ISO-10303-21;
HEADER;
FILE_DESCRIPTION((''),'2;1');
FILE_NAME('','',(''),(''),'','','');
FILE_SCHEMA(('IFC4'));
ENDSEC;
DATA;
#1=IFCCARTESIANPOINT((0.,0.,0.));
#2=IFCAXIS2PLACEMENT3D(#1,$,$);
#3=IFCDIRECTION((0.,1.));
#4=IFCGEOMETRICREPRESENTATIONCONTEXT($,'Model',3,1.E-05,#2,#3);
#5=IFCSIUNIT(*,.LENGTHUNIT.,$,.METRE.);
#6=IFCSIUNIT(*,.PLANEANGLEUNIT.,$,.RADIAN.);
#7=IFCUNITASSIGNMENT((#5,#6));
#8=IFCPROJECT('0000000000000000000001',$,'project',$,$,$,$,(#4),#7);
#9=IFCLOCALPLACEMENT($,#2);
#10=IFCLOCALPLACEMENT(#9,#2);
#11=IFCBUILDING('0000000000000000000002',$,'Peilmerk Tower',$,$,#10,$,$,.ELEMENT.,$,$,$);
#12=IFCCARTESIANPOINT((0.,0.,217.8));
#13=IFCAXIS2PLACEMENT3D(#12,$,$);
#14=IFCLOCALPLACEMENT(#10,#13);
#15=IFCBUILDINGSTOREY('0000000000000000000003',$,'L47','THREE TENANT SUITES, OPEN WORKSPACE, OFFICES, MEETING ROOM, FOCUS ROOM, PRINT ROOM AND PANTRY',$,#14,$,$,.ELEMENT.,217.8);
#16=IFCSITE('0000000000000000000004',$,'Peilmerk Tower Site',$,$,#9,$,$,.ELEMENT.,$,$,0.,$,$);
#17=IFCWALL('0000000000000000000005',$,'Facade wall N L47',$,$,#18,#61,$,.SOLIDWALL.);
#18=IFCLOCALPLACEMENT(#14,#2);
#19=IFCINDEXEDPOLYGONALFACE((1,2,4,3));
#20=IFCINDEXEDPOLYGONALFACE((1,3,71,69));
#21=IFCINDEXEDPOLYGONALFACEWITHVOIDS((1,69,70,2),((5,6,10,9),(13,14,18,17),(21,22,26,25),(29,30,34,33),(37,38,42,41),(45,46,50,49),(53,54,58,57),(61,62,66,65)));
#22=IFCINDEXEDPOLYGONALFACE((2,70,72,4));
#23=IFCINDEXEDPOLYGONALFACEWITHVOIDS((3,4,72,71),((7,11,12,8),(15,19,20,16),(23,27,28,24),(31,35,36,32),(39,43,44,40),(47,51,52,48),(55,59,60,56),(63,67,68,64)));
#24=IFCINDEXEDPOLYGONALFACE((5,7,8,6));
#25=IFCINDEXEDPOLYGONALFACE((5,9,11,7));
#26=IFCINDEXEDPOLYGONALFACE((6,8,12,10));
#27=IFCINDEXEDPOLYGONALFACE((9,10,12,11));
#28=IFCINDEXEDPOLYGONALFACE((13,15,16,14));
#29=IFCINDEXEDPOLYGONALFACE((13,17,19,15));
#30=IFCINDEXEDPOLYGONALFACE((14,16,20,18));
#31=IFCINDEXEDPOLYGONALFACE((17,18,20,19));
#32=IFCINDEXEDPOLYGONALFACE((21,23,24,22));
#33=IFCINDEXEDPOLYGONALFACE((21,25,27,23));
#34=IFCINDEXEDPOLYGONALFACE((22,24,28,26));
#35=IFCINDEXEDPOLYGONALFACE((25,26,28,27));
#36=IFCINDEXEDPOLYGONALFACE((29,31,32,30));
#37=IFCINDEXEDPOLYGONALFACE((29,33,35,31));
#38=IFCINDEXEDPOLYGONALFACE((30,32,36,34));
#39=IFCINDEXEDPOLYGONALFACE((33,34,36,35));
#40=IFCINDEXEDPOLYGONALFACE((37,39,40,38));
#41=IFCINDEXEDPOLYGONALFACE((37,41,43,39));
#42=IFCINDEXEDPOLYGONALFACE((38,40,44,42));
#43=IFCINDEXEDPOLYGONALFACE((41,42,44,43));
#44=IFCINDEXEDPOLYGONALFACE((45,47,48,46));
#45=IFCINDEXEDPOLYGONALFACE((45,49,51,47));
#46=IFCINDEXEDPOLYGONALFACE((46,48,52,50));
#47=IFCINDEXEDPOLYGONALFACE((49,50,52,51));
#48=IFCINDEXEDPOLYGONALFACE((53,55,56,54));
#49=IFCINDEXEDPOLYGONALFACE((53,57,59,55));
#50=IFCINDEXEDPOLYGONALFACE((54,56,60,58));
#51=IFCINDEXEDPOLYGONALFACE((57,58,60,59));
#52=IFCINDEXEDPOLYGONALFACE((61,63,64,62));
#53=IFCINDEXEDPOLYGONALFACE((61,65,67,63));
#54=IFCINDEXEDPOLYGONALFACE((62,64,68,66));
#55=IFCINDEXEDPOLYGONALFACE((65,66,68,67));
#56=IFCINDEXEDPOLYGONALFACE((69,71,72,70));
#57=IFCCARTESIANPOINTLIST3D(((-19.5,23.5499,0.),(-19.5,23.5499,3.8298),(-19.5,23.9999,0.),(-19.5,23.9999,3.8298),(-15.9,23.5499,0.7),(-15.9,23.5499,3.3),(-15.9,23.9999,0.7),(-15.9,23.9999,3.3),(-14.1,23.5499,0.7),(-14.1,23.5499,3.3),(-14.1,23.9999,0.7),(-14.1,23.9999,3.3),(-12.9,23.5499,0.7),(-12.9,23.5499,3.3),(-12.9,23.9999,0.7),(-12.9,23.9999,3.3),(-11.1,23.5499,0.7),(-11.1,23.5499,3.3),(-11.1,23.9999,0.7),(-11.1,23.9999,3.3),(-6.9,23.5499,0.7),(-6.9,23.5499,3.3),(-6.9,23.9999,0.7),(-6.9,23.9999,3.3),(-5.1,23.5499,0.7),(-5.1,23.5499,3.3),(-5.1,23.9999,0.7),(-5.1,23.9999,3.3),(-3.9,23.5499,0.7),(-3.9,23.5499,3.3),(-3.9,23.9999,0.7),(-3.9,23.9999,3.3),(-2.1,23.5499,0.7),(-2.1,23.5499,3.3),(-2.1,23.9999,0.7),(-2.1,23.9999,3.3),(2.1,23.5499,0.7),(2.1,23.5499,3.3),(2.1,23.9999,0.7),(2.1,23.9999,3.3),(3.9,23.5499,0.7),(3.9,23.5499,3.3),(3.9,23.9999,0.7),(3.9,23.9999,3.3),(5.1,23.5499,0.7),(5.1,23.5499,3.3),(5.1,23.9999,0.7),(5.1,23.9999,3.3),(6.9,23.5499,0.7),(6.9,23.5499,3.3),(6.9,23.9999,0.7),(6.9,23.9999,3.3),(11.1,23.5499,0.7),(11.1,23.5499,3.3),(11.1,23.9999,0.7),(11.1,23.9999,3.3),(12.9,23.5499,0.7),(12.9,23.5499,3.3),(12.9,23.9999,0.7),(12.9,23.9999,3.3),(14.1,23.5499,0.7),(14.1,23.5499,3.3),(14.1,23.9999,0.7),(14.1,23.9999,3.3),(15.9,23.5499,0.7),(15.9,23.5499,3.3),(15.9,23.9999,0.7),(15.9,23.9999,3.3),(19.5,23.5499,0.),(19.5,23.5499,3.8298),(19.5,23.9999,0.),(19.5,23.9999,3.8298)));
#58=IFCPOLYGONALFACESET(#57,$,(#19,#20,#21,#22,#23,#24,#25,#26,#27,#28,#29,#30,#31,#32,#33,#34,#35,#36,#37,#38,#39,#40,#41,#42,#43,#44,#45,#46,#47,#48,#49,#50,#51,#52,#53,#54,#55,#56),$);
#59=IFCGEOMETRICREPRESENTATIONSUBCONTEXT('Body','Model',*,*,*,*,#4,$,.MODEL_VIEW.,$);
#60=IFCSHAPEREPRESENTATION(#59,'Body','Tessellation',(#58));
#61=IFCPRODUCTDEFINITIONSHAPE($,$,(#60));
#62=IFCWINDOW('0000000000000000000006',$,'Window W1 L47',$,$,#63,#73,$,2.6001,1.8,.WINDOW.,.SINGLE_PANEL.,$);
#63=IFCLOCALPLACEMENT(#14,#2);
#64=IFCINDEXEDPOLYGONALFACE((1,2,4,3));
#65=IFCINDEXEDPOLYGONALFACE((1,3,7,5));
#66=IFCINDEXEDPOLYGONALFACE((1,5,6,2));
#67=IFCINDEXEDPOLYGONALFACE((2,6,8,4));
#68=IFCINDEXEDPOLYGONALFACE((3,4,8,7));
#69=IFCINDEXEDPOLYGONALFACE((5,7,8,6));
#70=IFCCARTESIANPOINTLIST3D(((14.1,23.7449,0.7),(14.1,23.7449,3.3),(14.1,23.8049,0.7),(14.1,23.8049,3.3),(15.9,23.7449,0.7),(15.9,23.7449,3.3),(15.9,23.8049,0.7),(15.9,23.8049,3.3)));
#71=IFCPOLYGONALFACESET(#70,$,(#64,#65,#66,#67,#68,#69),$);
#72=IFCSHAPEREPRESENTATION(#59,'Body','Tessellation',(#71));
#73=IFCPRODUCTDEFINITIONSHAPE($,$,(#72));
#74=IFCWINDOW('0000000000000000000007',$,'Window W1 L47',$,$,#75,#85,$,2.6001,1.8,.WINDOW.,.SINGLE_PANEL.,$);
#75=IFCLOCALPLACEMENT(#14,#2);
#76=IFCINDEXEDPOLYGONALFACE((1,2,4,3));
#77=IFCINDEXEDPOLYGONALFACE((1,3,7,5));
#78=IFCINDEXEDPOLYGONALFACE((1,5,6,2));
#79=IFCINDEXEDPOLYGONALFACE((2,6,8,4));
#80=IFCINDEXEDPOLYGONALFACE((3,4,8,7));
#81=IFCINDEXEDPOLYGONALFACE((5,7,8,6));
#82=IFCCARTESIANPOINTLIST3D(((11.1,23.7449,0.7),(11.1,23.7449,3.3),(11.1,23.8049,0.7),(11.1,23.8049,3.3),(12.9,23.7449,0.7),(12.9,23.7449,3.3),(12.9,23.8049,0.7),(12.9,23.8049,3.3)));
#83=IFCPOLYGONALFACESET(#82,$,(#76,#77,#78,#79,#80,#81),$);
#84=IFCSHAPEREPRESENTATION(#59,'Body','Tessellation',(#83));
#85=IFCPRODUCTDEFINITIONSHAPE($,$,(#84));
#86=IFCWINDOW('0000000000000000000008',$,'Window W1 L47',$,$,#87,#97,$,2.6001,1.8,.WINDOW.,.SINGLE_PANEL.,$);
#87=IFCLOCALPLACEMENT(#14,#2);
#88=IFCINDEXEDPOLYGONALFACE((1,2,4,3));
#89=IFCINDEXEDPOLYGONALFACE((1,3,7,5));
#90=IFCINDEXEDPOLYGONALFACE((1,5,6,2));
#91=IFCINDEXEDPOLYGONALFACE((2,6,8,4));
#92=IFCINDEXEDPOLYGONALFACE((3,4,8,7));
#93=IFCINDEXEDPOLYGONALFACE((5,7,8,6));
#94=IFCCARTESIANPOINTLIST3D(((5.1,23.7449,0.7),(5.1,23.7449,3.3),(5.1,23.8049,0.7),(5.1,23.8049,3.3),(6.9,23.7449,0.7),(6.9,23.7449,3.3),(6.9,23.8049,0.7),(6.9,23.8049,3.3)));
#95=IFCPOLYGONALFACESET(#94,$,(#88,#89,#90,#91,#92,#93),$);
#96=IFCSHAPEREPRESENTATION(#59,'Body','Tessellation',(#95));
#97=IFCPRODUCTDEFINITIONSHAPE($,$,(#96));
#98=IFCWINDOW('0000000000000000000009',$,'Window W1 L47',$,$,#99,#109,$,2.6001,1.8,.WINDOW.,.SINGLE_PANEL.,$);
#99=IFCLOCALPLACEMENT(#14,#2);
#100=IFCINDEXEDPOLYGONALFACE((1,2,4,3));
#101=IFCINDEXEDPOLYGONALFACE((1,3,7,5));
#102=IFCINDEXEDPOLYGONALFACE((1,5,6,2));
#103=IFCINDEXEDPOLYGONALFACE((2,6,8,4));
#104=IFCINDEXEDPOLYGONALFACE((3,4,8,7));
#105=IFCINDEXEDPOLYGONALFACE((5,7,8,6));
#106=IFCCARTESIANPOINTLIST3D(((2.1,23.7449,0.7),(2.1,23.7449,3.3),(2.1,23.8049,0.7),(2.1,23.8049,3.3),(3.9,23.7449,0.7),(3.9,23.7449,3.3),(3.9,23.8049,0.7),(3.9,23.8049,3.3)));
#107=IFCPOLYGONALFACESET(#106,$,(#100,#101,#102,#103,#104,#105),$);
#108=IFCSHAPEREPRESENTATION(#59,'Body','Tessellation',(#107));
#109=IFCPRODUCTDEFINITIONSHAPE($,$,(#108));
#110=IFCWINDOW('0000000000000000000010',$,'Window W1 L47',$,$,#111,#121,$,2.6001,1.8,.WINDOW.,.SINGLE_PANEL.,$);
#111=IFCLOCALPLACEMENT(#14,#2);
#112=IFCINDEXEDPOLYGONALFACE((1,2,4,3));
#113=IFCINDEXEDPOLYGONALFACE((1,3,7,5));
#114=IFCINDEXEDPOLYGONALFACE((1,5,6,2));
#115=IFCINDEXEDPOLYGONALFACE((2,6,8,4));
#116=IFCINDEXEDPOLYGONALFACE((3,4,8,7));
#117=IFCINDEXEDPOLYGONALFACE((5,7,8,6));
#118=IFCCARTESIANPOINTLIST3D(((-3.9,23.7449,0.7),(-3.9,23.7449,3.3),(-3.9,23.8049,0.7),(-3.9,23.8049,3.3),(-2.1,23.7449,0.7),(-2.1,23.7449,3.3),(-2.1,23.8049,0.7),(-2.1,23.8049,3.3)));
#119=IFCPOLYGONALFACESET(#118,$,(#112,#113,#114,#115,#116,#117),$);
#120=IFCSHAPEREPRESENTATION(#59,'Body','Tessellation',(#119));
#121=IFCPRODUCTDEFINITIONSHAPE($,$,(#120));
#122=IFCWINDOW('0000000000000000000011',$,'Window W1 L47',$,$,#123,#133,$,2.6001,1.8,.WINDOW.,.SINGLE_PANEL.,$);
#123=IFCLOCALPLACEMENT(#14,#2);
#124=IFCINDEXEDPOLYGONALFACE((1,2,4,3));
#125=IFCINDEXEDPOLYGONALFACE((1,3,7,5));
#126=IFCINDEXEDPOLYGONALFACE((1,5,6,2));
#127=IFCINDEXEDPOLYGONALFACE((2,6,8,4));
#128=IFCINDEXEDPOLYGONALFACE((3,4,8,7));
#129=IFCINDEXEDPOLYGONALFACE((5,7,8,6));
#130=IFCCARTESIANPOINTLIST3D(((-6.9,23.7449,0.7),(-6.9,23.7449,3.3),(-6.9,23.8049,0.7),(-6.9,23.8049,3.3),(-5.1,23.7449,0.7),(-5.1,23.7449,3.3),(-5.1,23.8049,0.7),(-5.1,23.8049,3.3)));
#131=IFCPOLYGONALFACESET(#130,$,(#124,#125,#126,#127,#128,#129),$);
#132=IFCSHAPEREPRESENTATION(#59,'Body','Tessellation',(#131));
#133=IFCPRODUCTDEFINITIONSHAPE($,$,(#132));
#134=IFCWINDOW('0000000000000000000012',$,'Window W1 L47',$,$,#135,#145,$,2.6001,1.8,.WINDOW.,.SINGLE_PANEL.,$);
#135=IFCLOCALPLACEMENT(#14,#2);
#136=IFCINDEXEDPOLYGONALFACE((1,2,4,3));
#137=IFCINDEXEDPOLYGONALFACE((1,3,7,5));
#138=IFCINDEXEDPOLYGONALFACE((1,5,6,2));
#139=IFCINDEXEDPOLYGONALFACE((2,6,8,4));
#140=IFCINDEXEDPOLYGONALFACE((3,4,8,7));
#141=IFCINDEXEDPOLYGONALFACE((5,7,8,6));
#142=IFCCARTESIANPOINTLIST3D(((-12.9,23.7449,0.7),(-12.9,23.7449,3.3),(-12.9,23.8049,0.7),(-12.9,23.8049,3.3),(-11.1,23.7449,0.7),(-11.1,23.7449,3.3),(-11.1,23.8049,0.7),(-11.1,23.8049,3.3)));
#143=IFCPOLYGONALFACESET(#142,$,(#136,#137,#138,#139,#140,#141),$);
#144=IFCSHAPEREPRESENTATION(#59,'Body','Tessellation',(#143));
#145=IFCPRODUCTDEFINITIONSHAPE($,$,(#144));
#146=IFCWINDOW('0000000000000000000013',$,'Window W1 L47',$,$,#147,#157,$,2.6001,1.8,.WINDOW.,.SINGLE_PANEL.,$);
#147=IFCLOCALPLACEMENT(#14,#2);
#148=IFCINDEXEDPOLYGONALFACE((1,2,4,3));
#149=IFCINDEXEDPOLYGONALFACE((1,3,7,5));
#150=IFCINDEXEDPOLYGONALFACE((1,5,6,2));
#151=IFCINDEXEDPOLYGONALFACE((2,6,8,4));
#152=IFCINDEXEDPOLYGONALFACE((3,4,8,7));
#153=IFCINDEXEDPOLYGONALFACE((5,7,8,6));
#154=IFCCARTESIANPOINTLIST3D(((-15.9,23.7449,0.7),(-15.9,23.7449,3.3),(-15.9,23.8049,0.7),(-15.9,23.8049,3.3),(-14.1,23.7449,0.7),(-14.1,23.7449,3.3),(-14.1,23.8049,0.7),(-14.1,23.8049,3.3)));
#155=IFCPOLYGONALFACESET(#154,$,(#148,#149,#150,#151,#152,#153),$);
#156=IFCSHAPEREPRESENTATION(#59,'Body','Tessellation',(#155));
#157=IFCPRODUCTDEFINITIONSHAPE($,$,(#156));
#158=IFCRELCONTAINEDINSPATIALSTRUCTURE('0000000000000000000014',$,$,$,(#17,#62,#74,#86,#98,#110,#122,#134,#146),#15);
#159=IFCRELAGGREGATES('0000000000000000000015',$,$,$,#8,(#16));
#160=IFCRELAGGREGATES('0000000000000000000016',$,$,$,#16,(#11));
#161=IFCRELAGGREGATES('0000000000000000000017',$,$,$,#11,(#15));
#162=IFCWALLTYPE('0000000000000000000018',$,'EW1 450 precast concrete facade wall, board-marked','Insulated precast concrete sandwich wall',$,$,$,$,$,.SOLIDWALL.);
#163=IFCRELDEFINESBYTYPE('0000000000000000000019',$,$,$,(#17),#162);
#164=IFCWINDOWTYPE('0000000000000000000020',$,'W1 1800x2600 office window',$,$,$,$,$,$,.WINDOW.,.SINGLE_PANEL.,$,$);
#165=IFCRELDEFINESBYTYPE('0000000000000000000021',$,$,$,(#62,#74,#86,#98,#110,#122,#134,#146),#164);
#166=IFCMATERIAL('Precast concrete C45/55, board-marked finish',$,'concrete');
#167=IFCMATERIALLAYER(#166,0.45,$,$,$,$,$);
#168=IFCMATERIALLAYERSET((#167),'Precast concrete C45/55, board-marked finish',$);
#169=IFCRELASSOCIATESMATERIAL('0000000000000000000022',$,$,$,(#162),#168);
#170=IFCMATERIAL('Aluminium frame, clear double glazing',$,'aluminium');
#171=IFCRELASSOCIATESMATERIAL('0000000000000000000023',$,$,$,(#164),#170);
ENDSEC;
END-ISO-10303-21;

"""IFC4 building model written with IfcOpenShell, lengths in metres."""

from ifc_helpers import new_model, si_unit, direction, frame, frame_2d, origin, place, context, subcontext, project, spatial, rectangle, extrude, material, layer, layer_set, type_object, element, fill, save


model = new_model("IFC4")

# Units and contexts
model_context = context("Model", 3, precision=1e-05, world=origin(), true_north=direction((0.0, 1.0)))
body_context = subcontext(model_context, "Body", "Model", "MODEL_VIEW")
ifc_project = project(units=[si_unit("LENGTHUNIT", "METRE"), si_unit("PLANEANGLEUNIT", "RADIAN")], contexts=[model_context])

# Site, building, storey
site_placement = place(None, origin())
site = spatial("IfcSite", under=ifc_project, at=site_placement, Name="Peilmerk Tower Site", CompositionType="ELEMENT", RefElevation=0.0)
building_placement = place(site_placement, origin())
building = spatial("IfcBuilding", under=site, at=building_placement, Name="Peilmerk Tower", CompositionType="ELEMENT")
storey_placement = place(building_placement, frame((0.0, 0.0, 217.8)))
storey = spatial("IfcBuildingStorey", under=building, at=storey_placement, Name="L47", Description="THREE TENANT SUITES, OPEN WORKSPACE, OFFICES, MEETING ROOM, FOCUS ROOM, PRINT ROOM AND PANTRY", CompositionType="ELEMENT", Elevation=217.8)

# Wall, openings, windows
ifc_material_1 = material(Name="Precast concrete C45/55, board-marked finish", Category="concrete")
ifc_layer_1 = layer(ifc_material_1, 0.45)
ifc_layer_set_1 = layer_set([ifc_layer_1], Name="Precast concrete C45/55, board-marked finish")
wall_type = type_object("IfcWallType", Name="EW1 450 precast concrete facade wall, board-marked", Description="Insulated precast concrete sandwich wall", PredefinedType="SOLIDWALL", material=ifc_layer_set_1)
wall_placement = place(storey_placement, frame((19.5, 23.7749, 0.0), z_axis=(0.0, 0.0, 1.0), x_axis=(-1.0, 0.0, 0.0)))
wall = element("IfcWall", 1, at=wall_placement, inside=storey, type_object=wall_type, Name="Facade wall N L47", PredefinedType="SOLIDWALL", context=body_context, shape_type="SweptSolid", body=[
    extrude(rectangle(XDim=39.0, YDim=0.45, at=frame_2d((19.5, 0.0))), origin(), (0.0, 0.0, 1.0), 3.8298),
])
opening_1_placement = place(wall_placement, frame((3.6001, 0.0, 0.7)))
opening_1 = element("IfcOpeningElement", 2, at=opening_1_placement, cuts=wall, PredefinedType="OPENING", context=body_context, shape_type="SweptSolid", body=[
    extrude(rectangle(XDim=1.8, YDim=2.6001, at=frame_2d((0.8999, 1.3))), frame((0.0, 0.2349, 0.0), z_axis=(0.0, -1.0, 0.0), x_axis=(1.0, 0.0, 0.0)), (0.0, 0.0, 1.0), 0.47),
])
opening_2_placement = place(wall_placement, frame((6.6001, 0.0, 0.7)))
opening_2 = element("IfcOpeningElement", 3, at=opening_2_placement, cuts=wall, PredefinedType="OPENING", context=body_context, shape_type="SweptSolid", body=[
    extrude(rectangle(XDim=1.8, YDim=2.6001, at=frame_2d((0.8999, 1.3))), frame((0.0, 0.2349, 0.0), z_axis=(0.0, -1.0, 0.0), x_axis=(1.0, 0.0, 0.0)), (0.0, 0.0, 1.0), 0.47),
])
opening_3_placement = place(wall_placement, frame((12.6001, 0.0, 0.7)))
opening_3 = element("IfcOpeningElement", 4, at=opening_3_placement, cuts=wall, PredefinedType="OPENING", context=body_context, shape_type="SweptSolid", body=[
    extrude(rectangle(XDim=1.8, YDim=2.6001, at=frame_2d((0.8999, 1.3))), frame((0.0, 0.2349, 0.0), z_axis=(0.0, -1.0, 0.0), x_axis=(1.0, 0.0, 0.0)), (0.0, 0.0, 1.0), 0.47),
])
opening_4_placement = place(wall_placement, frame((15.6001, 0.0, 0.7)))
opening_4 = element("IfcOpeningElement", 5, at=opening_4_placement, cuts=wall, PredefinedType="OPENING", context=body_context, shape_type="SweptSolid", body=[
    extrude(rectangle(XDim=1.8, YDim=2.6001, at=frame_2d((0.8999, 1.3))), frame((0.0, 0.2349, 0.0), z_axis=(0.0, -1.0, 0.0), x_axis=(1.0, 0.0, 0.0)), (0.0, 0.0, 1.0), 0.47),
])
opening_5_placement = place(wall_placement, frame((21.6001, 0.0, 0.7)))
opening_5 = element("IfcOpeningElement", 6, at=opening_5_placement, cuts=wall, PredefinedType="OPENING", context=body_context, shape_type="SweptSolid", body=[
    extrude(rectangle(XDim=1.8, YDim=2.6001, at=frame_2d((0.8999, 1.3))), frame((0.0, 0.2349, 0.0), z_axis=(0.0, -1.0, 0.0), x_axis=(1.0, 0.0, 0.0)), (0.0, 0.0, 1.0), 0.47),
])
opening_6_placement = place(wall_placement, frame((24.6001, 0.0, 0.7)))
opening_6 = element("IfcOpeningElement", 7, at=opening_6_placement, cuts=wall, PredefinedType="OPENING", context=body_context, shape_type="SweptSolid", body=[
    extrude(rectangle(XDim=1.8, YDim=2.6001, at=frame_2d((0.8999, 1.3))), frame((0.0, 0.2349, 0.0), z_axis=(0.0, -1.0, 0.0), x_axis=(1.0, 0.0, 0.0)), (0.0, 0.0, 1.0), 0.47),
])
opening_7_placement = place(wall_placement, frame((30.6001, 0.0, 0.7)))
opening_7 = element("IfcOpeningElement", 8, at=opening_7_placement, cuts=wall, PredefinedType="OPENING", context=body_context, shape_type="SweptSolid", body=[
    extrude(rectangle(XDim=1.8, YDim=2.6001, at=frame_2d((0.8999, 1.3))), frame((0.0, 0.2349, 0.0), z_axis=(0.0, -1.0, 0.0), x_axis=(1.0, 0.0, 0.0)), (0.0, 0.0, 1.0), 0.47),
])
opening_8_placement = place(wall_placement, frame((33.6001, 0.0, 0.7)))
opening_8 = element("IfcOpeningElement", 9, at=opening_8_placement, cuts=wall, PredefinedType="OPENING", context=body_context, shape_type="SweptSolid", body=[
    extrude(rectangle(XDim=1.8, YDim=2.6001, at=frame_2d((0.8999, 1.3))), frame((0.0, 0.2349, 0.0), z_axis=(0.0, -1.0, 0.0), x_axis=(1.0, 0.0, 0.0)), (0.0, 0.0, 1.0), 0.47),
])
ifc_material_2 = material(Name="Aluminium frame, clear double glazing", Category="aluminium")
window_type = type_object("IfcWindowType", Name="W1 1800x2600 office window", PartitioningType="SINGLE_PANEL", PredefinedType="WINDOW", material=ifc_material_2)
window_1_placement = place(opening_1_placement, origin())
window_1 = element("IfcWindow", 10, at=window_1_placement, inside=storey, type_object=window_type, Name="Window W1 L47", OverallHeight=2.6001, OverallWidth=1.8, PartitioningType="SINGLE_PANEL", PredefinedType="WINDOW", context=body_context, shape_type="SweptSolid", body=[
    extrude(rectangle(XDim=1.8, YDim=2.6001, at=frame_2d((0.8999, 1.3))), frame((0.0, 0.03, 0.0), z_axis=(0.0, -1.0, 0.0), x_axis=(1.0, 0.0, 0.0)), (0.0, 0.0, 1.0), 0.0601),
])
fill(opening_1, window_1)
window_2_placement = place(opening_2_placement, origin())
window_2 = element("IfcWindow", 11, at=window_2_placement, inside=storey, type_object=window_type, Name="Window W1 L47", OverallHeight=2.6001, OverallWidth=1.8, PartitioningType="SINGLE_PANEL", PredefinedType="WINDOW", context=body_context, shape_type="SweptSolid", body=[
    extrude(rectangle(XDim=1.8, YDim=2.6001, at=frame_2d((0.8999, 1.3))), frame((0.0, 0.03, 0.0), z_axis=(0.0, -1.0, 0.0), x_axis=(1.0, 0.0, 0.0)), (0.0, 0.0, 1.0), 0.0601),
])
fill(opening_2, window_2)
window_3_placement = place(opening_3_placement, origin())
window_3 = element("IfcWindow", 12, at=window_3_placement, inside=storey, type_object=window_type, Name="Window W1 L47", OverallHeight=2.6001, OverallWidth=1.8, PartitioningType="SINGLE_PANEL", PredefinedType="WINDOW", context=body_context, shape_type="SweptSolid", body=[
    extrude(rectangle(XDim=1.8, YDim=2.6001, at=frame_2d((0.8999, 1.3))), frame((0.0, 0.03, 0.0), z_axis=(0.0, -1.0, 0.0), x_axis=(1.0, 0.0, 0.0)), (0.0, 0.0, 1.0), 0.0601),
])
fill(opening_3, window_3)
window_4_placement = place(opening_4_placement, origin())
window_4 = element("IfcWindow", 13, at=window_4_placement, inside=storey, type_object=window_type, Name="Window W1 L47", OverallHeight=2.6001, OverallWidth=1.8, PartitioningType="SINGLE_PANEL", PredefinedType="WINDOW", context=body_context, shape_type="SweptSolid", body=[
    extrude(rectangle(XDim=1.8, YDim=2.6001, at=frame_2d((0.8999, 1.3))), frame((0.0, 0.03, 0.0), z_axis=(0.0, -1.0, 0.0), x_axis=(1.0, 0.0, 0.0)), (0.0, 0.0, 1.0), 0.0601),
])
fill(opening_4, window_4)
window_5_placement = place(opening_5_placement, origin())
window_5 = element("IfcWindow", 14, at=window_5_placement, inside=storey, type_object=window_type, Name="Window W1 L47", OverallHeight=2.6001, OverallWidth=1.8, PartitioningType="SINGLE_PANEL", PredefinedType="WINDOW", context=body_context, shape_type="SweptSolid", body=[
    extrude(rectangle(XDim=1.8, YDim=2.6001, at=frame_2d((0.8999, 1.3))), frame((0.0, 0.03, 0.0), z_axis=(0.0, -1.0, 0.0), x_axis=(1.0, 0.0, 0.0)), (0.0, 0.0, 1.0), 0.0601),
])
fill(opening_5, window_5)
window_6_placement = place(opening_6_placement, origin())
window_6 = element("IfcWindow", 15, at=window_6_placement, inside=storey, type_object=window_type, Name="Window W1 L47", OverallHeight=2.6001, OverallWidth=1.8, PartitioningType="SINGLE_PANEL", PredefinedType="WINDOW", context=body_context, shape_type="SweptSolid", body=[
    extrude(rectangle(XDim=1.8, YDim=2.6001, at=frame_2d((0.8999, 1.3))), frame((0.0, 0.03, 0.0), z_axis=(0.0, -1.0, 0.0), x_axis=(1.0, 0.0, 0.0)), (0.0, 0.0, 1.0), 0.0601),
])
fill(opening_6, window_6)
window_7_placement = place(opening_7_placement, origin())
window_7 = element("IfcWindow", 16, at=window_7_placement, inside=storey, type_object=window_type, Name="Window W1 L47", OverallHeight=2.6001, OverallWidth=1.8, PartitioningType="SINGLE_PANEL", PredefinedType="WINDOW", context=body_context, shape_type="SweptSolid", body=[
    extrude(rectangle(XDim=1.8, YDim=2.6001, at=frame_2d((0.8999, 1.3))), frame((0.0, 0.03, 0.0), z_axis=(0.0, -1.0, 0.0), x_axis=(1.0, 0.0, 0.0)), (0.0, 0.0, 1.0), 0.0601),
])
fill(opening_7, window_7)
window_8_placement = place(opening_8_placement, origin())
window_8 = element("IfcWindow", 17, at=window_8_placement, inside=storey, type_object=window_type, Name="Window W1 L47", OverallHeight=2.6001, OverallWidth=1.8, PartitioningType="SINGLE_PANEL", PredefinedType="WINDOW", context=body_context, shape_type="SweptSolid", body=[
    extrude(rectangle(XDim=1.8, YDim=2.6001, at=frame_2d((0.8999, 1.3))), frame((0.0, 0.03, 0.0), z_axis=(0.0, -1.0, 0.0), x_axis=(1.0, 0.0, 0.0)), (0.0, 0.0, 1.0), 0.0601),
])
fill(opening_8, window_8)

save(model, "model.ifc")
